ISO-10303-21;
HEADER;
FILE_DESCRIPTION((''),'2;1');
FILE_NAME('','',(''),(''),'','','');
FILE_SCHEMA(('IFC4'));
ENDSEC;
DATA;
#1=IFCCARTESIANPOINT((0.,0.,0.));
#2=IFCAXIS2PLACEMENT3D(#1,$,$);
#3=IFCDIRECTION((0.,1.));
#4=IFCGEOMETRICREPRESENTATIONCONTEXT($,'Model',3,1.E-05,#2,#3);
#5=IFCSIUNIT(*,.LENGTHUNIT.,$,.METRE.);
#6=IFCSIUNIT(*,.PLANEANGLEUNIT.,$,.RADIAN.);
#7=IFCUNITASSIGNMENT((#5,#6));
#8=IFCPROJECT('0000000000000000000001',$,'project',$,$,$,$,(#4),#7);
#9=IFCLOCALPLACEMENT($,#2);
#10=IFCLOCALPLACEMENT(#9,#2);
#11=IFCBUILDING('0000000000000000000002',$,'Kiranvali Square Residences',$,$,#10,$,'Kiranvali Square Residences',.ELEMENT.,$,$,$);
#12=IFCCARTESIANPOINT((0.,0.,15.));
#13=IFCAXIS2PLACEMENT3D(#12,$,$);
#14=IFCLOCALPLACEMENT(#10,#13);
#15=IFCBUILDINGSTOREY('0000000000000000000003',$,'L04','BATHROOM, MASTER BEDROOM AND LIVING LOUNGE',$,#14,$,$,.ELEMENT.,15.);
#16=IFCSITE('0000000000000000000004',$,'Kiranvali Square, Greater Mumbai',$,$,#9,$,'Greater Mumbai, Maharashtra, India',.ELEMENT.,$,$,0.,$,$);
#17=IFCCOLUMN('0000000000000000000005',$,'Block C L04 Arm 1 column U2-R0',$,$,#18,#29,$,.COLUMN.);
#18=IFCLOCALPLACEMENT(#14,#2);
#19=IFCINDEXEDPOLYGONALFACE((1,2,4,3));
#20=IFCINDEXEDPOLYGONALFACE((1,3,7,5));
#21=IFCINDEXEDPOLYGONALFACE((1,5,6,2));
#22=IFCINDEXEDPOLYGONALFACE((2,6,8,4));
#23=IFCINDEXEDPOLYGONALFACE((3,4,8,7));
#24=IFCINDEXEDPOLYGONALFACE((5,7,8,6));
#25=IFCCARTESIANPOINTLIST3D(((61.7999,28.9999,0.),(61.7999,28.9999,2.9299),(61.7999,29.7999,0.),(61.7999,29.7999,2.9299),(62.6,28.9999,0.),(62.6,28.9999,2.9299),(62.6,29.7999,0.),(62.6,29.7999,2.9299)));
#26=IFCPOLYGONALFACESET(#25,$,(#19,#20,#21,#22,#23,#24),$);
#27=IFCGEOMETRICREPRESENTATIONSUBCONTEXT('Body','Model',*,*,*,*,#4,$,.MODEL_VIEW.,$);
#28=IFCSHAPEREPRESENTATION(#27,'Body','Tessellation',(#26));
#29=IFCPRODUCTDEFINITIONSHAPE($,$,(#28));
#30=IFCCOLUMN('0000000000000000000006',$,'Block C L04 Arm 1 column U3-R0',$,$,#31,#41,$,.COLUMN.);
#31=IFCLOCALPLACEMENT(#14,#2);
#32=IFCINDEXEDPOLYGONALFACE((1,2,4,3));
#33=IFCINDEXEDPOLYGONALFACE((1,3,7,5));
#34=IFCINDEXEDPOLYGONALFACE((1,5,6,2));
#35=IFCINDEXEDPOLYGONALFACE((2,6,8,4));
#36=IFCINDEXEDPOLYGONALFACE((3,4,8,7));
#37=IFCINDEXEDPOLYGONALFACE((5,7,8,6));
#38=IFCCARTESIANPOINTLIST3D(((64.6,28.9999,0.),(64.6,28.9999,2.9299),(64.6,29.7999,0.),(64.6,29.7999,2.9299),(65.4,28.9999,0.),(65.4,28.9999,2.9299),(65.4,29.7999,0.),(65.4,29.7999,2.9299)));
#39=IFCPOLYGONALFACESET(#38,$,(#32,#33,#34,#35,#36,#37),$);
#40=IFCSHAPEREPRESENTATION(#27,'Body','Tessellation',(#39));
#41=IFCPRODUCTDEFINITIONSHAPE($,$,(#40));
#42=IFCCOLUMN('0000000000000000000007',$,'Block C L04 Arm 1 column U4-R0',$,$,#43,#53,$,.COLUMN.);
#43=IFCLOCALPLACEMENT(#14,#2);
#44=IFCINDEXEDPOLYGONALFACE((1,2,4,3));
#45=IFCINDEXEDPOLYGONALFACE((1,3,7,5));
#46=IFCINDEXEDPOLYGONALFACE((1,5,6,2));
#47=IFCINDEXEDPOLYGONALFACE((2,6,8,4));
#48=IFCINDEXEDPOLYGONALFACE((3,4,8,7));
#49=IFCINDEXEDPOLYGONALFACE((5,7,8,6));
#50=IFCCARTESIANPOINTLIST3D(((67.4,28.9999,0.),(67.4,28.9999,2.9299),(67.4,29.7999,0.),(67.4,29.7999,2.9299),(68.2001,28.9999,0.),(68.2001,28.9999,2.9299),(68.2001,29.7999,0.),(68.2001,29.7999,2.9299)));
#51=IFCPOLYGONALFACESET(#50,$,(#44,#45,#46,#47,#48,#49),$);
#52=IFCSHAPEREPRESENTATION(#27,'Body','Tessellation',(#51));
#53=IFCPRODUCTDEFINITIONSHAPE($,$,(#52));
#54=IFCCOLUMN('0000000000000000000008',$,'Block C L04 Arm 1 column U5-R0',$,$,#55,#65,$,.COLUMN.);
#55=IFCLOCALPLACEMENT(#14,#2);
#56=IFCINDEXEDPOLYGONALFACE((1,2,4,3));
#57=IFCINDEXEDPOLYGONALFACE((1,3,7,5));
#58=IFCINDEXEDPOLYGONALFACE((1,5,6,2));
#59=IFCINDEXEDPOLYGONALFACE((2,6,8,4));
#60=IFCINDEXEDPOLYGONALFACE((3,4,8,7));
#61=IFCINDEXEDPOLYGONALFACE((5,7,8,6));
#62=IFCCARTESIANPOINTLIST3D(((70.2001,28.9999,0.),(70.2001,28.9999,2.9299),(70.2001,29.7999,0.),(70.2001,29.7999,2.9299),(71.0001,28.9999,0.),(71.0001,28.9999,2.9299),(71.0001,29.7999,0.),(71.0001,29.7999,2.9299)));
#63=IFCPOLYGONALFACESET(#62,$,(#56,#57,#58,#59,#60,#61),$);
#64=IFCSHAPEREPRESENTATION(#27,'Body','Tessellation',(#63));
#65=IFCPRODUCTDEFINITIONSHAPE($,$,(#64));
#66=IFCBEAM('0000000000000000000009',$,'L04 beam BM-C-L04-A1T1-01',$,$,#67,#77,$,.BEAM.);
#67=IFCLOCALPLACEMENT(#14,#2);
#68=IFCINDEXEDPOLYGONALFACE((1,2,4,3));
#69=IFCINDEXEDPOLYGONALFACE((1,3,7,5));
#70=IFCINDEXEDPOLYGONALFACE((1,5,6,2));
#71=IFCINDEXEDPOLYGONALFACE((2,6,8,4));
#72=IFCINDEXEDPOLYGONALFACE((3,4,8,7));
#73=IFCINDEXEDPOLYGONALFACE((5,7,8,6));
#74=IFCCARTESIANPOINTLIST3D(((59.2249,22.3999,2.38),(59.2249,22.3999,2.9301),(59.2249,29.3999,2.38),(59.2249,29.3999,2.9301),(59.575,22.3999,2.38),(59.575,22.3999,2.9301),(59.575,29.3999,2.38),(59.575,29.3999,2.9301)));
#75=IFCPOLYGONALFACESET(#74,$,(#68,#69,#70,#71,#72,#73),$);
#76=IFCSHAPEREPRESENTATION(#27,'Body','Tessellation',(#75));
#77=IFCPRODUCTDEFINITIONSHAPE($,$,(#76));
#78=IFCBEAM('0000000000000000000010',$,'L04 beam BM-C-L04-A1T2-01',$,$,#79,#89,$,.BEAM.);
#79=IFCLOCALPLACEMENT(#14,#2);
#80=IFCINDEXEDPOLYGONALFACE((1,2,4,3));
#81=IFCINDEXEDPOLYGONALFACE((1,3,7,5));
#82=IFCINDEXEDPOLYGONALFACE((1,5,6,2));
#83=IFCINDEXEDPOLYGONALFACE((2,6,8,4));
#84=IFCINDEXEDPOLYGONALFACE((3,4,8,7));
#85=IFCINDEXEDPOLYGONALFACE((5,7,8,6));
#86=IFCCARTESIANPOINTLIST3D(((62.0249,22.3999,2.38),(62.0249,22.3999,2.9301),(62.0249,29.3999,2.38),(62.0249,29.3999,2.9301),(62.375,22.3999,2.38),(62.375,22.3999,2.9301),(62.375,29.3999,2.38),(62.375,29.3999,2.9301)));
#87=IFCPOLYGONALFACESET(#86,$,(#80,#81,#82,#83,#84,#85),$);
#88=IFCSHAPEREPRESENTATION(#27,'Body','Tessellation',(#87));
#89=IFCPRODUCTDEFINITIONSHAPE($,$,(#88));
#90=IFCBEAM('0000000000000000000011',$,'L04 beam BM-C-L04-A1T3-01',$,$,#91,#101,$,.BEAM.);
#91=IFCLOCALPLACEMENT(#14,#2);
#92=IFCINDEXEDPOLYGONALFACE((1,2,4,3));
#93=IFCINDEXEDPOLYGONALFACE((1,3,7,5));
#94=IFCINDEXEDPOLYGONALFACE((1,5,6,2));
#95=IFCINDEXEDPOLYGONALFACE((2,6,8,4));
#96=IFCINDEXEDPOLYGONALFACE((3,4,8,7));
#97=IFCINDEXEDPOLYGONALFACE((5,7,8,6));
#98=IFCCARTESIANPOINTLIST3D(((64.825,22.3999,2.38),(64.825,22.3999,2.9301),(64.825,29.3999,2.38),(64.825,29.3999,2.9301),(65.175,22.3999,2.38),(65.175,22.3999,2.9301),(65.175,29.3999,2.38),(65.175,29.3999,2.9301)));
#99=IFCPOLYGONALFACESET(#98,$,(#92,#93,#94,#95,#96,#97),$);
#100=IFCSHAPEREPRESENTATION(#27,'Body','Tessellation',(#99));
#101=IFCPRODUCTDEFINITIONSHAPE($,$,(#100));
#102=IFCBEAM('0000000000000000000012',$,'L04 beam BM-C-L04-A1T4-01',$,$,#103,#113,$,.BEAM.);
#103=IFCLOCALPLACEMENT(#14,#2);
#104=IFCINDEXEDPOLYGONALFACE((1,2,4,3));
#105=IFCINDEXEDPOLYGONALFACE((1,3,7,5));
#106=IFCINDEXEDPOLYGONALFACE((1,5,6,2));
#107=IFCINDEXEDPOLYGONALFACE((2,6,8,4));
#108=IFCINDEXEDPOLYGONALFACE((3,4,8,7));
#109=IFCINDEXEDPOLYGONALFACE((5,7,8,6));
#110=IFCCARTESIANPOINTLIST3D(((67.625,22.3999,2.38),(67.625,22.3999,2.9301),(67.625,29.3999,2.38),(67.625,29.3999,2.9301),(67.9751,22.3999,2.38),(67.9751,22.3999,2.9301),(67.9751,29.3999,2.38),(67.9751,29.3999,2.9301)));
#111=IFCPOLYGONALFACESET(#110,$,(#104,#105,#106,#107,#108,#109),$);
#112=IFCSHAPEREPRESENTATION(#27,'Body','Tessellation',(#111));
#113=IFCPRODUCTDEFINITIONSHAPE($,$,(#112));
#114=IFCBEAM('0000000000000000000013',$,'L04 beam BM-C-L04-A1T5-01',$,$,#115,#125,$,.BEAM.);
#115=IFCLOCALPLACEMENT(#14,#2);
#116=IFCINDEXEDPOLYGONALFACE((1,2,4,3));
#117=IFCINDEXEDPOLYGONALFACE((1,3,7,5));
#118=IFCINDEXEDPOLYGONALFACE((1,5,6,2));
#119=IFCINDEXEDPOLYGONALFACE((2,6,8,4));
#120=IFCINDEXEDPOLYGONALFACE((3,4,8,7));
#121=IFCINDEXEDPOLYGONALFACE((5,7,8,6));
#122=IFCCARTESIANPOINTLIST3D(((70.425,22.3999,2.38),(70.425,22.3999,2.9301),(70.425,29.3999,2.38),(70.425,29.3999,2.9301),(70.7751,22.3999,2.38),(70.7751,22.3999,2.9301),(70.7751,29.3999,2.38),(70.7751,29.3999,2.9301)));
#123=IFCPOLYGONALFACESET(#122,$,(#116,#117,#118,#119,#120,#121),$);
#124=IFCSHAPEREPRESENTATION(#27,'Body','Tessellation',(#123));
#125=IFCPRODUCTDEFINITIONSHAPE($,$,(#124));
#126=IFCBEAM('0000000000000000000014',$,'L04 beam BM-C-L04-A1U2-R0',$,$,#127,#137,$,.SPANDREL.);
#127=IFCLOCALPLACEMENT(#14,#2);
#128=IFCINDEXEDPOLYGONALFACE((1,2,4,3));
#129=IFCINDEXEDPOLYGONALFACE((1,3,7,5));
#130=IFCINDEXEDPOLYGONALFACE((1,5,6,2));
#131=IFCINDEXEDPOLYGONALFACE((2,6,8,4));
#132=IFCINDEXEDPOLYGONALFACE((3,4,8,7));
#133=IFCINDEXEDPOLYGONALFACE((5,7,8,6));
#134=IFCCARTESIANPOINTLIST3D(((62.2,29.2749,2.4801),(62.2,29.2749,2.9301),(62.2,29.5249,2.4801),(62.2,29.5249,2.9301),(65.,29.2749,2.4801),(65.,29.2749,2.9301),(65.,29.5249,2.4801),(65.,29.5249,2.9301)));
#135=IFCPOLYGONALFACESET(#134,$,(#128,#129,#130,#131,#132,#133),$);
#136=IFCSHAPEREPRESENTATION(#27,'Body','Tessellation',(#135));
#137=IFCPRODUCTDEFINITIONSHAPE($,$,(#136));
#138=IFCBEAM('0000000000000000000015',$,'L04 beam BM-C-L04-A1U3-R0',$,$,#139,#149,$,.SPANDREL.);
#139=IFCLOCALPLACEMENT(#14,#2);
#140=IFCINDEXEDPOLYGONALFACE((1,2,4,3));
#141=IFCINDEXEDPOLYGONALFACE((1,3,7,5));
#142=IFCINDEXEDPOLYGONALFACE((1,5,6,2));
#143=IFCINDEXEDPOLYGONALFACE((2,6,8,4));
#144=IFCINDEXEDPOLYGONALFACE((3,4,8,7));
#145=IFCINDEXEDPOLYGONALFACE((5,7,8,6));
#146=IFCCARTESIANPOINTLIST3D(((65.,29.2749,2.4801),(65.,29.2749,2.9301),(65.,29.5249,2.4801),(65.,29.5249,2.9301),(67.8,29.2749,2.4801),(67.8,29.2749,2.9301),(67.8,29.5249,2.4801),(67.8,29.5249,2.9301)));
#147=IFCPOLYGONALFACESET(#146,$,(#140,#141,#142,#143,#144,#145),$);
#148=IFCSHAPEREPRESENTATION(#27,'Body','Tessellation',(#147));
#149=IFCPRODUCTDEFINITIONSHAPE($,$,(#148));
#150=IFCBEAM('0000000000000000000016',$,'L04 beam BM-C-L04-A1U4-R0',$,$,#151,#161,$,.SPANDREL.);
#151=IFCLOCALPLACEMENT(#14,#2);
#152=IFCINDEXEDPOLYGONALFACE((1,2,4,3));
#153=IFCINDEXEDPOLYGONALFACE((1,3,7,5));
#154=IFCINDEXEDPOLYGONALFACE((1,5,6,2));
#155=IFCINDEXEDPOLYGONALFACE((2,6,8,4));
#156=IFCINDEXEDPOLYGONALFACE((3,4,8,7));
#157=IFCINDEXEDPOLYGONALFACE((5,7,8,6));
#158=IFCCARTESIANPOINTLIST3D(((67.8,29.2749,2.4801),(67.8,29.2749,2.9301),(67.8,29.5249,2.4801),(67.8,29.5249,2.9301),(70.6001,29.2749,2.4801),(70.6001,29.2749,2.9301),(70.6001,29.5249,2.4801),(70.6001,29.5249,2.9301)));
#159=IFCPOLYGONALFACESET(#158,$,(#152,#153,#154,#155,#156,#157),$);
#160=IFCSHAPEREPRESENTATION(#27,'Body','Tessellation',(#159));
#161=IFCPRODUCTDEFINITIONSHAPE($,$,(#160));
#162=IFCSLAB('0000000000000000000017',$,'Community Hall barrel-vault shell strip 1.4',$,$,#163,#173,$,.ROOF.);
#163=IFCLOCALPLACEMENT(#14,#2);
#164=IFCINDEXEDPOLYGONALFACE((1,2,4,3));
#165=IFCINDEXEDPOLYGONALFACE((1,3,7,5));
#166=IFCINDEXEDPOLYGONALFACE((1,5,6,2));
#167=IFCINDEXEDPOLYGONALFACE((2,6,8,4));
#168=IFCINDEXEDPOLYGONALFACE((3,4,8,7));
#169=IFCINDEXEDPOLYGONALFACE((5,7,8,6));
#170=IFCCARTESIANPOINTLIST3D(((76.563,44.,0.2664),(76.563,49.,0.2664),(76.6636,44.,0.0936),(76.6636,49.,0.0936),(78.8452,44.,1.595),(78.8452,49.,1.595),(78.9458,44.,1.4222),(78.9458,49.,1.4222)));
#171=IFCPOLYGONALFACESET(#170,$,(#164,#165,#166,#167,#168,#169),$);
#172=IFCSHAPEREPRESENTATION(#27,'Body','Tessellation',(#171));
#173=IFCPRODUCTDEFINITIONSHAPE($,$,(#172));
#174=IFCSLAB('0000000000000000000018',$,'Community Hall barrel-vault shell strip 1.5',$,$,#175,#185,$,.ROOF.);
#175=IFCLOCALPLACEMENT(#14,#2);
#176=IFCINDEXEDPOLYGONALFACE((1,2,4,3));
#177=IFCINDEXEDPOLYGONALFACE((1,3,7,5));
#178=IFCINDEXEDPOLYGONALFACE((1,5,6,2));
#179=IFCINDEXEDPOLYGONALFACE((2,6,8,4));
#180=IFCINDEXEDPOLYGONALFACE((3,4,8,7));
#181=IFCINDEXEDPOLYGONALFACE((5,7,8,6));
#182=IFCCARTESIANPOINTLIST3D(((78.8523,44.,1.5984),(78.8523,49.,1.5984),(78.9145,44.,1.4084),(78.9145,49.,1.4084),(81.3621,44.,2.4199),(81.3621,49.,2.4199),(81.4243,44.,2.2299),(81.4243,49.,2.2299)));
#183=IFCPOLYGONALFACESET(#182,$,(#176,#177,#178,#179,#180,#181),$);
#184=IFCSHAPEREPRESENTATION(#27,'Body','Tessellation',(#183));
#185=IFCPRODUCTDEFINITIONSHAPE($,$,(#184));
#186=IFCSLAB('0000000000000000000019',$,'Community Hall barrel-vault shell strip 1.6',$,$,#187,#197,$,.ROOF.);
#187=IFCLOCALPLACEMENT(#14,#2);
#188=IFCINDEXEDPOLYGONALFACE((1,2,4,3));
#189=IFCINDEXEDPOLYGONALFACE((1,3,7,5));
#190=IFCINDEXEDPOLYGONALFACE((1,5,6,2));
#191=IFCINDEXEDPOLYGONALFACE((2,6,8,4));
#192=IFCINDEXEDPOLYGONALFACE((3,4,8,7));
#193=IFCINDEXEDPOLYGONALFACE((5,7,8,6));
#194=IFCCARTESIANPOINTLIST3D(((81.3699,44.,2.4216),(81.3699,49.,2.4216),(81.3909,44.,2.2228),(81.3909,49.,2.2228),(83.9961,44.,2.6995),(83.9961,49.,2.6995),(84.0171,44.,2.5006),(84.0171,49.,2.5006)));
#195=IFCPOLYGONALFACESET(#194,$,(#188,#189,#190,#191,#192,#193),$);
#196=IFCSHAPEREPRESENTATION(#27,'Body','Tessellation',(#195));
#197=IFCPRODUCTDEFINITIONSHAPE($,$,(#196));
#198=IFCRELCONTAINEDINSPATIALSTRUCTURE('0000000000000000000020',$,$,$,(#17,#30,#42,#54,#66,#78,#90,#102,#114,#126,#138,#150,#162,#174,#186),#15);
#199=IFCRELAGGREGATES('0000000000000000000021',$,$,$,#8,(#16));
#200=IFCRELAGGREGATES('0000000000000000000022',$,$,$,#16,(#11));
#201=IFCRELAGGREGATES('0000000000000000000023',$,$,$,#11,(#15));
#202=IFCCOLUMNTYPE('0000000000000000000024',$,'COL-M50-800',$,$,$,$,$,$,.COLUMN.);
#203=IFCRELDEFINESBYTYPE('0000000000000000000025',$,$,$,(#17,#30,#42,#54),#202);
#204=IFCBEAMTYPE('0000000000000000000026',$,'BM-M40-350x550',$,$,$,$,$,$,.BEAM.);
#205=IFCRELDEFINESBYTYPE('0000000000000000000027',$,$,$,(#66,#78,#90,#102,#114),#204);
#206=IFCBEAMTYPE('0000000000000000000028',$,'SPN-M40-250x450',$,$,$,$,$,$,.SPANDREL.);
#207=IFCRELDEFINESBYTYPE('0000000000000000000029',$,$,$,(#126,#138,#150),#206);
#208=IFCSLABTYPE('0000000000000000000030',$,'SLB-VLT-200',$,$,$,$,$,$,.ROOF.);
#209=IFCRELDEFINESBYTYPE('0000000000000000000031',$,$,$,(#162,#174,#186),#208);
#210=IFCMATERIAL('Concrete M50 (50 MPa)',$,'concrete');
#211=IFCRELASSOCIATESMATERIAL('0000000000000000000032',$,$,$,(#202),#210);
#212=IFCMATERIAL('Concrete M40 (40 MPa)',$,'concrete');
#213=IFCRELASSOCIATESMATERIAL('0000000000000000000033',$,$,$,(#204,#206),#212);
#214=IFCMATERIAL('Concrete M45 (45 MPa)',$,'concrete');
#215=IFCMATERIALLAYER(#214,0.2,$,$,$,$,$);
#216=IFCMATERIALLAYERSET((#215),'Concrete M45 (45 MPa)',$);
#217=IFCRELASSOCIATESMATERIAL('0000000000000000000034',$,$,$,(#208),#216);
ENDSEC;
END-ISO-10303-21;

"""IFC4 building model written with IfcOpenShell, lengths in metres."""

from ifc_helpers import new_model, si_unit, direction, frame, origin, origin_2d, place, context, subcontext, project, spatial, polyline, rectangle, outline, extrude, material, layer, layer_set, material_profile, profile_set, type_object, element, save


model = new_model("IFC4")

# Units and contexts
model_context = context("Model", 3, precision=1e-05, world=origin(), true_north=direction((0.0, 1.0)))
body_context = subcontext(model_context, "Body", "Model", "MODEL_VIEW")
ifc_project = project(units=[si_unit("LENGTHUNIT", "METRE"), si_unit("PLANEANGLEUNIT", "RADIAN")], contexts=[model_context])

# Site, building, storey
site_placement = place(None, origin())
site = spatial("IfcSite", under=ifc_project, at=site_placement, Name="Kiranvali Square, Greater Mumbai", LongName="Greater Mumbai, Maharashtra, India", CompositionType="ELEMENT", RefElevation=0.0)
building_placement = place(site_placement, origin())
building = spatial("IfcBuilding", under=site, at=building_placement, Name="Kiranvali Square Residences", LongName="Kiranvali Square Residences", CompositionType="ELEMENT")
storey_placement = place(building_placement, frame((0.0, 0.0, 15.0)))
storey = spatial("IfcBuildingStorey", under=building, at=storey_placement, Name="L04", Description="BATHROOM, MASTER BEDROOM AND LIVING LOUNGE", CompositionType="ELEMENT", Elevation=15.0)

# Columns
ifc_material_1 = material(Name="Concrete M50 (50 MPa)", Category="concrete")
ifc_material_profile_1 = material_profile(ifc_material_1, rectangle(XDim=0.8, YDim=0.8, at=origin_2d()), Name="RC 800x800")
ifc_profile_set_1 = profile_set([ifc_material_profile_1], Name="Concrete M50 (50 MPa)")
column_type = type_object("IfcColumnType", Name="COL-M50-800", PredefinedType="COLUMN", material=ifc_profile_set_1)
for number, where, z_axis, x_axis, name in (
    (1, (62.2, 29.3999, 0.0), (0.0, 0.0, 1.0), (1.0, 0.0, 0.0), "Block C L04 Arm 1 column U2-R0"),
    (2, (65.0, 29.3999, 0.0), (0.0, 0.0, 1.0), (1.0, 0.0, 0.0), "Block C L04 Arm 1 column U3-R0"),
    (3, (67.8, 29.3999, 0.0), (0.0, 0.0, 1.0), (1.0, 0.0, 0.0), "Block C L04 Arm 1 column U4-R0"),
    (4, (70.6001, 29.3999, 0.0), (0.0, 0.0, 1.0), (1.0, 0.0, 0.0), "Block C L04 Arm 1 column U5-R0"),
):
    element("IfcColumn", number, at=place(storey_placement, frame(where, z_axis=z_axis, x_axis=x_axis)), inside=storey, type_object=column_type, Name=name, PredefinedType="COLUMN", context=body_context, shape_type="SweptSolid", body=[
        extrude(rectangle(XDim=0.8, YDim=0.8, at=origin_2d()), origin(), (0.0, 0.0, 1.0), 2.9299),
    ])

# Beams
ifc_material_2 = material(Name="Concrete M40 (40 MPa)", Category="concrete")
ifc_material_profile_2 = material_profile(ifc_material_2, rectangle(XDim=0.3501, YDim=0.55, at=origin_2d()), Name="RC 350x550")
ifc_profile_set_2 = profile_set([ifc_material_profile_2], Name="Concrete M40 (40 MPa)")
beam_type_1 = type_object("IfcBeamType", Name="BM-M40-350x550", PredefinedType="BEAM", material=ifc_profile_set_2)
for number, where, z_axis, x_axis, name in (
    (5, (59.3999, 29.3999, 2.655), (0.0, -1.0, 0.0), (1.0, 0.0, 0.0), "L04 beam BM-C-L04-A1T1-01"),
    (6, (62.2, 29.3999, 2.655), (0.0, -1.0, 0.0), (1.0, 0.0, 0.0), "L04 beam BM-C-L04-A1T2-01"),
    (7, (65.0, 29.3999, 2.655), (0.0, -1.0, 0.0), (1.0, 0.0, 0.0), "L04 beam BM-C-L04-A1T3-01"),
    (8, (67.8, 29.3999, 2.655), (0.0, -1.0, 0.0), (1.0, 0.0, 0.0), "L04 beam BM-C-L04-A1T4-01"),
    (9, (70.6001, 29.3999, 2.655), (0.0, -1.0, 0.0), (1.0, 0.0, 0.0), "L04 beam BM-C-L04-A1T5-01"),
):
    element("IfcBeam", number, at=place(storey_placement, frame(where, z_axis=z_axis, x_axis=x_axis)), inside=storey, type_object=beam_type_1, Name=name, PredefinedType="BEAM", context=body_context, shape_type="SweptSolid", body=[
        extrude(rectangle(XDim=0.3501, YDim=0.55, at=origin_2d()), origin(), (0.0, 0.0, 1.0), 7.0),
    ])
ifc_material_profile_3 = material_profile(ifc_material_2, rectangle(XDim=0.25, YDim=0.45, at=origin_2d()), Name="RC 250x450")
ifc_profile_set_3 = profile_set([ifc_material_profile_3], Name="Concrete M40 (40 MPa)")
beam_type_2 = type_object("IfcBeamType", Name="SPN-M40-250x450", PredefinedType="SPANDREL", material=ifc_profile_set_3)
for number, where, z_axis, x_axis, name in (
    (10, (62.2, 29.3999, 2.7051), (1.0, 0.0, 0.0), (0.0, 1.0, 0.0), "L04 beam BM-C-L04-A1U2-R0"),
    (11, (65.0, 29.3999, 2.7051), (1.0, 0.0, 0.0), (0.0, 1.0, 0.0), "L04 beam BM-C-L04-A1U3-R0"),
    (12, (67.8, 29.3999, 2.7051), (1.0, 0.0, 0.0), (0.0, 1.0, 0.0), "L04 beam BM-C-L04-A1U4-R0"),
):
    element("IfcBeam", number, at=place(storey_placement, frame(where, z_axis=z_axis, x_axis=x_axis)), inside=storey, type_object=beam_type_2, Name=name, PredefinedType="SPANDREL", context=body_context, shape_type="SweptSolid", body=[
        extrude(rectangle(XDim=0.25, YDim=0.45, at=origin_2d()), origin(), (0.0, 0.0, 1.0), 2.8),
    ])

# Slabs
ifc_material_3 = material(Name="Concrete M45 (45 MPa)", Category="concrete")
ifc_layer_1 = layer(ifc_material_3, 0.2)
ifc_layer_set_1 = layer_set([ifc_layer_1], Name="Concrete M45 (45 MPa)")
slab_type = type_object("IfcSlabType", Name="SLB-VLT-200", PredefinedType="ROOF", material=ifc_layer_set_1)
slab_1_placement = place(storey_placement, frame((76.563, 44.0, 0.2664), z_axis=(-0.503112, 0.0, 0.864221), x_axis=(0.864221, 0.0, 0.503112)))
element("IfcSlab", 13, at=slab_1_placement, inside=storey, type_object=slab_type, Name="Community Hall barrel-vault shell strip 1.4", PredefinedType="ROOF", context=body_context, shape_type="SweptSolid", body=[
    extrude(outline(polyline([(0.0, 0.0), (2.6408, 0.0), (2.6408, 5.0), (0.0, 5.0), (0.0, 0.0)])), origin(), (0.0, 0.0, -1.0), 0.2),
])
slab_2_placement = place(storey_placement, frame((78.8523, 44.0, 1.5984), z_axis=(-0.311092, 0.0, 0.95038), x_axis=(0.95038, 0.0, 0.311092)))
element("IfcSlab", 14, at=slab_2_placement, inside=storey, type_object=slab_type, Name="Community Hall barrel-vault shell strip 1.5", PredefinedType="ROOF", context=body_context, shape_type="SweptSolid", body=[
    extrude(outline(polyline([(0.0, 0.0), (2.6408, 0.0), (2.6408, 5.0), (0.0, 5.0), (0.0, 0.0)])), origin(), (0.0, 0.0, -1.0), 0.2),
])
slab_3_placement = place(storey_placement, frame((81.3699, 44.0, 2.4216), z_axis=(-0.105204, 0.0, 0.994451), x_axis=(0.994451, 0.0, 0.105204)))
element("IfcSlab", 15, at=slab_3_placement, inside=storey, type_object=slab_type, Name="Community Hall barrel-vault shell strip 1.6", PredefinedType="ROOF", context=body_context, shape_type="SweptSolid", body=[
    extrude(outline(polyline([(0.0, 0.0), (2.6409, 0.0), (2.6409, 5.0), (0.0, 5.0), (0.0, 0.0)])), origin(), (0.0, 0.0, -1.0), 0.2),
])

save(model, "model.ifc")
